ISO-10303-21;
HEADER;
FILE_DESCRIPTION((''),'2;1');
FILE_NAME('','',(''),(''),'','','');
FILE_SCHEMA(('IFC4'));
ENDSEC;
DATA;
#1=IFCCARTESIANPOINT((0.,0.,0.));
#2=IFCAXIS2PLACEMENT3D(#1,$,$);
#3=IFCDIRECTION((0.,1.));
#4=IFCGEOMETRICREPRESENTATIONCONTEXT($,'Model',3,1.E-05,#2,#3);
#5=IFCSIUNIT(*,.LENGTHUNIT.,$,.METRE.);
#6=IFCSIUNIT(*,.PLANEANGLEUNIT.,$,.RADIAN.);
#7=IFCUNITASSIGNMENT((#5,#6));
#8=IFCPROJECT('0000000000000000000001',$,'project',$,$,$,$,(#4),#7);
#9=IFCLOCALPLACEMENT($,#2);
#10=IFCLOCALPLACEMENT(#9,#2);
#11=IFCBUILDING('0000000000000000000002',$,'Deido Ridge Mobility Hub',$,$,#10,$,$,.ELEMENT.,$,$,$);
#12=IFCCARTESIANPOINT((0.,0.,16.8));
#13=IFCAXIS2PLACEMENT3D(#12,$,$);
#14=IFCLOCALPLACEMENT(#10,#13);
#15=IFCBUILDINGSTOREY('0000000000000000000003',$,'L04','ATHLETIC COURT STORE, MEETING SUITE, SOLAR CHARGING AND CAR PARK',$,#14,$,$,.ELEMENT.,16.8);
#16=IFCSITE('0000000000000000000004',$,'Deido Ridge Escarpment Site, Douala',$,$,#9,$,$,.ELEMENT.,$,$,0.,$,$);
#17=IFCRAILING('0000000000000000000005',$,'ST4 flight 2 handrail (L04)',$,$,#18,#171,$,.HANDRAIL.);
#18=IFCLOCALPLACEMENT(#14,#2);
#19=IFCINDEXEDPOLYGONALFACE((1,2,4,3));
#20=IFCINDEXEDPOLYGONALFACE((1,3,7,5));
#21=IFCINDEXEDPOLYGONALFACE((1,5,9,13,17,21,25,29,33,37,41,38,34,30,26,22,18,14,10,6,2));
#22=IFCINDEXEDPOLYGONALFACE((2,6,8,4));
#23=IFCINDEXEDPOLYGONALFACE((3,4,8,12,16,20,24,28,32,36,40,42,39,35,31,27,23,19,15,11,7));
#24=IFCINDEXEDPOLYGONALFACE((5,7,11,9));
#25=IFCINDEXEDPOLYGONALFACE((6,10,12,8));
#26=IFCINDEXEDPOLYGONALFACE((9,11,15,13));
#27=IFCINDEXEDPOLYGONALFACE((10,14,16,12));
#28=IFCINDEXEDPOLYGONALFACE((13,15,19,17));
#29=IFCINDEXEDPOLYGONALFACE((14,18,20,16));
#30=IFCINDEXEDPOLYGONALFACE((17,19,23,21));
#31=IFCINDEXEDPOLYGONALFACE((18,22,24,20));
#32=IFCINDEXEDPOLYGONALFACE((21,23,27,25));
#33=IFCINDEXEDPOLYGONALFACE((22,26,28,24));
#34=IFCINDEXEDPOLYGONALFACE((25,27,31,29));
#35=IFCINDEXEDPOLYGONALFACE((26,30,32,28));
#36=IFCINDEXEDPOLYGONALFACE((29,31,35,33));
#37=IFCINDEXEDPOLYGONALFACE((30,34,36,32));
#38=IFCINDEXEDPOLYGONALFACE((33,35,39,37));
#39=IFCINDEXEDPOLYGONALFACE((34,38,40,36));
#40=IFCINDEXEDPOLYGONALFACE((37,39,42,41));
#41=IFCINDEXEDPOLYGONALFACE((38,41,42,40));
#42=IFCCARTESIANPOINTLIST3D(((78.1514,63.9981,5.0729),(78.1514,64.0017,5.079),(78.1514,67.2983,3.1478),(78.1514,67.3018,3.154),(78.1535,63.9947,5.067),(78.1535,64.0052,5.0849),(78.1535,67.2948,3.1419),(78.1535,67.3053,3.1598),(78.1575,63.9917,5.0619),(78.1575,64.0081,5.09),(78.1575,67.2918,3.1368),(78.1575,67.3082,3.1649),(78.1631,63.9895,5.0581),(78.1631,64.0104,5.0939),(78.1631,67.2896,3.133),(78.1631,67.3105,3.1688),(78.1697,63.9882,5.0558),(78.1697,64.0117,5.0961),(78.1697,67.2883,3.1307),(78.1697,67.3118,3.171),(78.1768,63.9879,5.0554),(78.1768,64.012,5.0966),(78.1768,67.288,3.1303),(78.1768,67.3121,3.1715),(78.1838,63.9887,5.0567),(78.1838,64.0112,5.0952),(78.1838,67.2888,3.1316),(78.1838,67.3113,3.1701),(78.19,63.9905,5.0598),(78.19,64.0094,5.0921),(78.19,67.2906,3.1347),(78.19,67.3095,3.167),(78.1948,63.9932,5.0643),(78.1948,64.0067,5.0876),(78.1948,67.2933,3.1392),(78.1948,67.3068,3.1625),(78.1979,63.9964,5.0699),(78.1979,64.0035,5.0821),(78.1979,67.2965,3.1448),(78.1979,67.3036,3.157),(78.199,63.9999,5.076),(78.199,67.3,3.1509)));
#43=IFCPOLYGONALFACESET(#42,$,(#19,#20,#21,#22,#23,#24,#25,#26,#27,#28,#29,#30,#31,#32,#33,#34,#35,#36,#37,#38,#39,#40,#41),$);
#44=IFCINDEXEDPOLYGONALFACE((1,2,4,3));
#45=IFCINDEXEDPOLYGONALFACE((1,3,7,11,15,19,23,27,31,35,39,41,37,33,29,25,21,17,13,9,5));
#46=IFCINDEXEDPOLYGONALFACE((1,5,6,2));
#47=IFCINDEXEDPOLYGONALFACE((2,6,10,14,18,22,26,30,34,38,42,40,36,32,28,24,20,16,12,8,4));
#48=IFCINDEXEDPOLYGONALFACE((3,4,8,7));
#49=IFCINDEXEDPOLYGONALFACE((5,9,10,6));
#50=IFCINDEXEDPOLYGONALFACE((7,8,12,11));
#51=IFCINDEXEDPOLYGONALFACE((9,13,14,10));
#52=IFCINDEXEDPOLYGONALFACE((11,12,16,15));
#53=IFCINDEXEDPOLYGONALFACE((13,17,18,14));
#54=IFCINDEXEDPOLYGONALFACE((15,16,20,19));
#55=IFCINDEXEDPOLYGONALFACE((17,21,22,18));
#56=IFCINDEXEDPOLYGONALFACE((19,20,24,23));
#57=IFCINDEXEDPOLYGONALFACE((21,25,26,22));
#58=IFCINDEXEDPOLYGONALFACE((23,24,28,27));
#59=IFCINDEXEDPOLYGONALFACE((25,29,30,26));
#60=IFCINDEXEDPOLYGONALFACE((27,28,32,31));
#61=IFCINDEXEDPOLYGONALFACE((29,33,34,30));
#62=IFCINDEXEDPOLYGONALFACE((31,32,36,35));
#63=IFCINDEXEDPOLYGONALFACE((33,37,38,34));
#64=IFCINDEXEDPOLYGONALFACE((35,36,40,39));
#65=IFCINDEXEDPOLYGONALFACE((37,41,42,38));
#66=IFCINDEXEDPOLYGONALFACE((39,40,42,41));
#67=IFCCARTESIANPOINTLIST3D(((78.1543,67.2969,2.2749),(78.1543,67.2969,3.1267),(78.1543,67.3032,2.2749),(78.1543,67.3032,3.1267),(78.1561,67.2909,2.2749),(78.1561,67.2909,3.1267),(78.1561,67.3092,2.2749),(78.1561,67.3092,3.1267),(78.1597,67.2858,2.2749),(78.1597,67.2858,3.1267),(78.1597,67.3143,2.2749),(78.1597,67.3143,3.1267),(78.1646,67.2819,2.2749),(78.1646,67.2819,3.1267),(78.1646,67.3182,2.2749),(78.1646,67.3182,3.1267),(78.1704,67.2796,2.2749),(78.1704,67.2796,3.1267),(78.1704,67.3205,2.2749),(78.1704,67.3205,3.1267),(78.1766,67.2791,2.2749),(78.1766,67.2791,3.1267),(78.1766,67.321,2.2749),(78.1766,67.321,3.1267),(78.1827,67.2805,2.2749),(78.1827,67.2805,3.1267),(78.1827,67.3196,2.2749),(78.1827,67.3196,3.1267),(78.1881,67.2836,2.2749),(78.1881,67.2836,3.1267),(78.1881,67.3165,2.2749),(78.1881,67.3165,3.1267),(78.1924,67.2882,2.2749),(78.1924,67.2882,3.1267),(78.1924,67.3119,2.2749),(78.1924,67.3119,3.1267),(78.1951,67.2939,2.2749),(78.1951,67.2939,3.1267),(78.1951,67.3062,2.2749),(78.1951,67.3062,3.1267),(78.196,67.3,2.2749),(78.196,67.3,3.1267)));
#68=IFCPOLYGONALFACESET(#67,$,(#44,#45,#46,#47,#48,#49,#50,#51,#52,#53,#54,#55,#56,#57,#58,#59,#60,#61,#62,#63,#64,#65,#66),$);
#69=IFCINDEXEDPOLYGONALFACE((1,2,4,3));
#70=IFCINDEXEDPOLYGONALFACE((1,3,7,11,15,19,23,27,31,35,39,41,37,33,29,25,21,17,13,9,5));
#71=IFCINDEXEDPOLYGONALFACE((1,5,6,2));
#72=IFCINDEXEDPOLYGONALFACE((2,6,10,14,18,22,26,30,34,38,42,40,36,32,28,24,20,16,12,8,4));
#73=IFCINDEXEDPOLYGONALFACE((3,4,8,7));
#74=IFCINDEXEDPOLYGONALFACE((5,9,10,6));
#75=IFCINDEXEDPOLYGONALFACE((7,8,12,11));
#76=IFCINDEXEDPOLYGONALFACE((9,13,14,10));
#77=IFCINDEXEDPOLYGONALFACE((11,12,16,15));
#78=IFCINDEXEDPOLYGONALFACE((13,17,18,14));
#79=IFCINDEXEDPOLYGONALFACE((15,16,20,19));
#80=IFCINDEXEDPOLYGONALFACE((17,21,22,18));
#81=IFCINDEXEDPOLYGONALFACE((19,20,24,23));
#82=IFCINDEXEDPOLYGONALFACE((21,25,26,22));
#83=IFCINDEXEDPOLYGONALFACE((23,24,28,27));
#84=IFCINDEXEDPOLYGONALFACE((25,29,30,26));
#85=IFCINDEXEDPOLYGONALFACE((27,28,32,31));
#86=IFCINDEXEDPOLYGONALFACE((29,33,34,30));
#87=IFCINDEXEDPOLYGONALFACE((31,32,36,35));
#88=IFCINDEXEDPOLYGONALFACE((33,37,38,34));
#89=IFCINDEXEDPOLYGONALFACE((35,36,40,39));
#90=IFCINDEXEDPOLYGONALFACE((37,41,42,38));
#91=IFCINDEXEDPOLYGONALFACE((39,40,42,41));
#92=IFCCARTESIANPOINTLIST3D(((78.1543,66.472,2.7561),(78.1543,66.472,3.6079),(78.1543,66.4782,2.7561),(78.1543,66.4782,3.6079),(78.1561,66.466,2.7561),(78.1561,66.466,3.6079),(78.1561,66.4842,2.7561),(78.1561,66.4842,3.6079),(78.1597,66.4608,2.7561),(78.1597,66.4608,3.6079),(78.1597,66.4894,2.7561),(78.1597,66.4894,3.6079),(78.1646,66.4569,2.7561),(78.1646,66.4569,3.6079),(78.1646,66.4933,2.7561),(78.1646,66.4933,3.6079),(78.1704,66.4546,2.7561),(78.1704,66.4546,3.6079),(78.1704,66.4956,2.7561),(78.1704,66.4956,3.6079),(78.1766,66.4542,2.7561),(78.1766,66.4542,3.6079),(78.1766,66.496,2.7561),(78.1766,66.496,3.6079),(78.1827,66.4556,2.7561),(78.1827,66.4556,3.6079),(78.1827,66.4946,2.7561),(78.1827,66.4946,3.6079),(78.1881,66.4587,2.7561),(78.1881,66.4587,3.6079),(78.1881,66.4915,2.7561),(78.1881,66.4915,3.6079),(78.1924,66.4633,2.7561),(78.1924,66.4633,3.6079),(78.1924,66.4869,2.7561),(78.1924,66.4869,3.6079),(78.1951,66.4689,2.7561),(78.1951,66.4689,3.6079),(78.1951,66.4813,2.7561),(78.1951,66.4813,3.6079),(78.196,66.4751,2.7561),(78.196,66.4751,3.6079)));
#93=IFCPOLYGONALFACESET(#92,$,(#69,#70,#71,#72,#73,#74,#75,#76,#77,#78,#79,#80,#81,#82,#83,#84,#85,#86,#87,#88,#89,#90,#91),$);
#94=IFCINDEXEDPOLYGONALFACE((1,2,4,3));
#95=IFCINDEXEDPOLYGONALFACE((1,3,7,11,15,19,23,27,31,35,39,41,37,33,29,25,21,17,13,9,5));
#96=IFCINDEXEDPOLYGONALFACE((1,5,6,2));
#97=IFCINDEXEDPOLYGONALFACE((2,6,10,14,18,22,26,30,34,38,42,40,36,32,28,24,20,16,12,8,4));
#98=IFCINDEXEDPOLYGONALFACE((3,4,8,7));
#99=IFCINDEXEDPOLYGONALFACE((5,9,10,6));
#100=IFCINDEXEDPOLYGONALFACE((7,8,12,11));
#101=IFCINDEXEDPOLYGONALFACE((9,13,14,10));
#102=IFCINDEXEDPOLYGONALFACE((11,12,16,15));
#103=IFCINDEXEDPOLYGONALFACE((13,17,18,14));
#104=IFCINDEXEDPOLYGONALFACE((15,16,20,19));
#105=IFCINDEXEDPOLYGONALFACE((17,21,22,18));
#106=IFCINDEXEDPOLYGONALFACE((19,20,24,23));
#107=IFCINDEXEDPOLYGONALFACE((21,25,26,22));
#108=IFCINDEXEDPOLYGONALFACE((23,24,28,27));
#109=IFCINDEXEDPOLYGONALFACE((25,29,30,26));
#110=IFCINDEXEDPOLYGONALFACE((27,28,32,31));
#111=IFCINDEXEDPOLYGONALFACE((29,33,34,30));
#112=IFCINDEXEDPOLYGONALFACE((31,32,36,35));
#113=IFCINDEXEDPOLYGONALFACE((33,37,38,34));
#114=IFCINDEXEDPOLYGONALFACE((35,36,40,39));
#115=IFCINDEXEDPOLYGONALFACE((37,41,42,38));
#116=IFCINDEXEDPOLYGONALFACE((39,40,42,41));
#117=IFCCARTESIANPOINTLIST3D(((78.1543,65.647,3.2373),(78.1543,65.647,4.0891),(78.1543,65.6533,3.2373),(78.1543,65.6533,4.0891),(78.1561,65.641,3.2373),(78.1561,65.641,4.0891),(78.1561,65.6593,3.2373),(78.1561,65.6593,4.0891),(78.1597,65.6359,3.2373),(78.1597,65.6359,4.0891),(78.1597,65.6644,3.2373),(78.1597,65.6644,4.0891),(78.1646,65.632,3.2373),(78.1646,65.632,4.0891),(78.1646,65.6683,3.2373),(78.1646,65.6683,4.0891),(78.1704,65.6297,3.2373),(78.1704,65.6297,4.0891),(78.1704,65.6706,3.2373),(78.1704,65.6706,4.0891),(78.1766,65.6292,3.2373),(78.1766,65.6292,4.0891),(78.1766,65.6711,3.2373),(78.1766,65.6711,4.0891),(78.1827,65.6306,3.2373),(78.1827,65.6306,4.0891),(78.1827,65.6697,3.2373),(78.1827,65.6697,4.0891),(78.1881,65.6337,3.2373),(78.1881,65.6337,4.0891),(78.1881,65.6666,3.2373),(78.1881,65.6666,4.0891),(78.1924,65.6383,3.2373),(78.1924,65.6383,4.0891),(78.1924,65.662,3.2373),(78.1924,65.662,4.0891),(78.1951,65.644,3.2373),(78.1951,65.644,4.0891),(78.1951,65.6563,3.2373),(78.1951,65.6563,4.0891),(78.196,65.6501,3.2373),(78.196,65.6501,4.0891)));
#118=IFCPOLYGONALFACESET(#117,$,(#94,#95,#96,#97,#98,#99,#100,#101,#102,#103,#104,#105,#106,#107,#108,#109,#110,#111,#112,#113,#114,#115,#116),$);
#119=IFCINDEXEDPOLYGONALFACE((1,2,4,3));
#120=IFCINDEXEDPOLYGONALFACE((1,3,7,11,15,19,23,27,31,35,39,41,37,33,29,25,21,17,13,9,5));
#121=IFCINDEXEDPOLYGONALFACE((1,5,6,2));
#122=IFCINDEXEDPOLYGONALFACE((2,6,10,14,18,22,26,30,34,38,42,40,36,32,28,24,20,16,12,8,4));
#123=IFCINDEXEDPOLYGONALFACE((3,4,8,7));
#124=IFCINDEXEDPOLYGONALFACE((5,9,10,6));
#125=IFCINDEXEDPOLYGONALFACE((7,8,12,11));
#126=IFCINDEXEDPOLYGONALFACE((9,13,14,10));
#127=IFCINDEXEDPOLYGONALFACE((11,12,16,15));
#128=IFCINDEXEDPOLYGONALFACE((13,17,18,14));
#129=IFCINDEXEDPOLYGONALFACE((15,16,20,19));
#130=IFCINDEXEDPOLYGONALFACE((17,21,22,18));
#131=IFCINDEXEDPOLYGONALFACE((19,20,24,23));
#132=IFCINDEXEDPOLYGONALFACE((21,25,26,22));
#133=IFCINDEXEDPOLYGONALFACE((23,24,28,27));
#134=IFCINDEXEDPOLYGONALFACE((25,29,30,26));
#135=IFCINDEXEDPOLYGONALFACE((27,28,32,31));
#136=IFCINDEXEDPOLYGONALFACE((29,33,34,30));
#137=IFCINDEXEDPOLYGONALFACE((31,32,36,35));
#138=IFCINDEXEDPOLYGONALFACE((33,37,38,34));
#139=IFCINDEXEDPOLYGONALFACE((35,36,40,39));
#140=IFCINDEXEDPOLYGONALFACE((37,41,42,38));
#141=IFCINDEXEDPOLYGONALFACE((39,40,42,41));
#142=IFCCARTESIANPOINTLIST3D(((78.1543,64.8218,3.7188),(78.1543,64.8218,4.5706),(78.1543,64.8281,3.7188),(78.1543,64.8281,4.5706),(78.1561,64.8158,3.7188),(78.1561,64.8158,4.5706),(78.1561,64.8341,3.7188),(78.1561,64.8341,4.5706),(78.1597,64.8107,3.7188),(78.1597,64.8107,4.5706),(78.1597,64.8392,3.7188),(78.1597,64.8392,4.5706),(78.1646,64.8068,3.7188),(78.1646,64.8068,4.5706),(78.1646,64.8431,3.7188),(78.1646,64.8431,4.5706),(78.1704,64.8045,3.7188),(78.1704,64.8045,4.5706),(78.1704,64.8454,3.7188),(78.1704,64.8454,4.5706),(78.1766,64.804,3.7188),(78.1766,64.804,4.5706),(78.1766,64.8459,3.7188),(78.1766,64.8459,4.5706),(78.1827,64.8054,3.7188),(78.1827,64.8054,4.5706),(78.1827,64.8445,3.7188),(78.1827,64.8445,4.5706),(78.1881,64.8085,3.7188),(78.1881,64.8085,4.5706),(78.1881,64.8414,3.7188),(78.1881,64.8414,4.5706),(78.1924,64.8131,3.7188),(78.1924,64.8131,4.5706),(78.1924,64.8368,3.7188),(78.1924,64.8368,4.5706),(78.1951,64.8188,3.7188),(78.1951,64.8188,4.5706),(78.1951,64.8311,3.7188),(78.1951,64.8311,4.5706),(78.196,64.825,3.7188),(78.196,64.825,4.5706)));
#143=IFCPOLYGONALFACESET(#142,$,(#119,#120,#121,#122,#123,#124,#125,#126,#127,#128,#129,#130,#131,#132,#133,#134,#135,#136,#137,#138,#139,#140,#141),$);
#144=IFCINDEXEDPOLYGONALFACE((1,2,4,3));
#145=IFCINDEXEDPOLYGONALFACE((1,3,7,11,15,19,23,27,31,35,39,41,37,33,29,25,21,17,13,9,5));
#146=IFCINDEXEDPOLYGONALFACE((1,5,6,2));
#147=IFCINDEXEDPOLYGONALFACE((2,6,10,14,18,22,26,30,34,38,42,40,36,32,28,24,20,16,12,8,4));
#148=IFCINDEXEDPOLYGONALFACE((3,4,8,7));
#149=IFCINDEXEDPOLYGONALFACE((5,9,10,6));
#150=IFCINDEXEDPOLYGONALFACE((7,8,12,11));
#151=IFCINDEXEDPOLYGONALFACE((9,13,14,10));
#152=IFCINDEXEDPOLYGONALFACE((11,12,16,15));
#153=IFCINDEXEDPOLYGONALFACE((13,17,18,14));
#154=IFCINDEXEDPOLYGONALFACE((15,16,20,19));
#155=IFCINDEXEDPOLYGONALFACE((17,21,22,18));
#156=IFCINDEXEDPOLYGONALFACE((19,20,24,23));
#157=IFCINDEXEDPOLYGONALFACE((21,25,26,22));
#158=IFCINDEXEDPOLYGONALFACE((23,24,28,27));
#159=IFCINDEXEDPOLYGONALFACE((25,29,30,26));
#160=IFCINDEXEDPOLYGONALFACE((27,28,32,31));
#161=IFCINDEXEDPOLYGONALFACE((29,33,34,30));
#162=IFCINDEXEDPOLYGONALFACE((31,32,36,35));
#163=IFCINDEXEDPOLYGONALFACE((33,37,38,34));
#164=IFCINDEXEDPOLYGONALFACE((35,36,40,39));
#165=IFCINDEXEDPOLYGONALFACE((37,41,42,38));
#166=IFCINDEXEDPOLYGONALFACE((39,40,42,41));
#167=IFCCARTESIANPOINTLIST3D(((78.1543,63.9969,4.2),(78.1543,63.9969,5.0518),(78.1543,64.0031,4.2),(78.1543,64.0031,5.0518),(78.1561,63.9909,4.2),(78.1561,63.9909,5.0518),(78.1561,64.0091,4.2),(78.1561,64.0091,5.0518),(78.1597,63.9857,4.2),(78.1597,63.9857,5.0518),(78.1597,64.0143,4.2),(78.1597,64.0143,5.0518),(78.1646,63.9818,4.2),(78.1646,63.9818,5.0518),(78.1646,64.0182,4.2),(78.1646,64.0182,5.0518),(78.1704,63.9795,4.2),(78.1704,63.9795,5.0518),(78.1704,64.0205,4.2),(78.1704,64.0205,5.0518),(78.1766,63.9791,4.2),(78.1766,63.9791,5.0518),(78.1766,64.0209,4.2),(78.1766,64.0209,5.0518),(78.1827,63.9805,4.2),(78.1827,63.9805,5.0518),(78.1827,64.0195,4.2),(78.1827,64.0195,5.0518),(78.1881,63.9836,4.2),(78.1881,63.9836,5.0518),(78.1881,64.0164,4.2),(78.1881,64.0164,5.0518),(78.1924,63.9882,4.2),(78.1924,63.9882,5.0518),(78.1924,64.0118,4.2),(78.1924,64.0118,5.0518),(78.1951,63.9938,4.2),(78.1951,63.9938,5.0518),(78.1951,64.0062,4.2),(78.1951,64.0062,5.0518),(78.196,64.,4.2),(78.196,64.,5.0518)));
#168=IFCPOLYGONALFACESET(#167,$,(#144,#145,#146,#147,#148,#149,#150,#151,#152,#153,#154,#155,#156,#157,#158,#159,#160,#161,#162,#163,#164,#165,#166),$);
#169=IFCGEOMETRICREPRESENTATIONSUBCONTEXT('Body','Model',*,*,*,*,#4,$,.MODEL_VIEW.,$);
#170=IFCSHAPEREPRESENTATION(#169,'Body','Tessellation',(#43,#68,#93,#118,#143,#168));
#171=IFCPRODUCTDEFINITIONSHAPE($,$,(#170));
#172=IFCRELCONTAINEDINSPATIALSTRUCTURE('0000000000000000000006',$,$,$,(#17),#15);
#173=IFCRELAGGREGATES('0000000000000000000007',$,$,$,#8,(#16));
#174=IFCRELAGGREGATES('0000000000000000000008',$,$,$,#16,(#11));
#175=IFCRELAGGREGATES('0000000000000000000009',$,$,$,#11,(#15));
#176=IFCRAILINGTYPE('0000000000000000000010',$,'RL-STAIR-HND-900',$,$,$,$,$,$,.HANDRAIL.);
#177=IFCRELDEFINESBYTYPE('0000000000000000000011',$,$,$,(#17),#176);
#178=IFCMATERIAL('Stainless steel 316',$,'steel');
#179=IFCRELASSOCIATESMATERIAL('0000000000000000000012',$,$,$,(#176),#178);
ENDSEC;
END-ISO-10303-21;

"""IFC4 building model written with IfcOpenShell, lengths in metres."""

from ifc_helpers import new_model, si_unit, direction, frame, origin, origin_2d, place, context, subcontext, project, spatial, circle, extrude, material, type_object, element, save


model = new_model("IFC4")

# Units and contexts
model_context = context("Model", 3, precision=1e-05, world=origin(), true_north=direction((0.0, 1.0)))
body_context = subcontext(model_context, "Body", "Model", "MODEL_VIEW")
ifc_project = project(units=[si_unit("LENGTHUNIT", "METRE"), si_unit("PLANEANGLEUNIT", "RADIAN")], contexts=[model_context])

# Site, building, storey
site_placement = place(None, origin())
site = spatial("IfcSite", under=ifc_project, at=site_placement, Name="Deido Ridge Escarpment Site, Douala", CompositionType="ELEMENT", RefElevation=0.0)
building_placement = place(site_placement, origin())
building = spatial("IfcBuilding", under=site, at=building_placement, Name="Deido Ridge Mobility Hub", CompositionType="ELEMENT")
storey_placement = place(building_placement, frame((0.0, 0.0, 16.8)))
storey = spatial("IfcBuildingStorey", under=building, at=storey_placement, Name="L04", Description="ATHLETIC COURT STORE, MEETING SUITE, SOLAR CHARGING AND CAR PARK", CompositionType="ELEMENT", Elevation=16.8)

# Shared definitions
ifc_material_1 = material(Name="Stainless steel 316", Category="steel")

# Railing
railing_type_1 = type_object("IfcRailingType", Name="RL-STAIR-HND-900", PredefinedType="HANDRAIL", material=ifc_material_1)
railing_1_placement = place(storey_placement, frame((78.175, 67.3, 2.2749)))
element("IfcRailing", 1, at=railing_1_placement, inside=storey, type_object=railing_type_1, Name="ST4 flight 2 handrail (L04)", PredefinedType="HANDRAIL", context=body_context, shape_type="SweptSolid", body=[
    extrude(circle(Radius=0.0239, at=origin_2d()), frame((0.0, 0.0, 0.876), z_axis=(0.0, -0.863777, 0.503875), x_axis=(1.0, 0.0, 0.0)), (0.0, 0.0, 1.0), 3.8206),
    extrude(circle(Radius=0.021, at=origin_2d()), origin(), (0.0, 0.0, 1.0), 0.8518),
    extrude(circle(Radius=0.021, at=origin_2d()), frame((0.0, -0.825, 0.4812)), (0.0, 0.0, 1.0), 0.8518),
    extrude(circle(Radius=0.021, at=origin_2d()), frame((0.0, -1.6499, 0.9624)), (0.0, 0.0, 1.0), 0.8518),
    extrude(circle(Radius=0.021, at=origin_2d()), frame((0.0, -2.4751, 1.4438)), (0.0, 0.0, 1.0), 0.8518),
    extrude(circle(Radius=0.021, at=origin_2d()), frame((0.0, -3.3, 1.925)), (0.0, 0.0, 1.0), 0.8518),
])

save(model, "model.ifc")
